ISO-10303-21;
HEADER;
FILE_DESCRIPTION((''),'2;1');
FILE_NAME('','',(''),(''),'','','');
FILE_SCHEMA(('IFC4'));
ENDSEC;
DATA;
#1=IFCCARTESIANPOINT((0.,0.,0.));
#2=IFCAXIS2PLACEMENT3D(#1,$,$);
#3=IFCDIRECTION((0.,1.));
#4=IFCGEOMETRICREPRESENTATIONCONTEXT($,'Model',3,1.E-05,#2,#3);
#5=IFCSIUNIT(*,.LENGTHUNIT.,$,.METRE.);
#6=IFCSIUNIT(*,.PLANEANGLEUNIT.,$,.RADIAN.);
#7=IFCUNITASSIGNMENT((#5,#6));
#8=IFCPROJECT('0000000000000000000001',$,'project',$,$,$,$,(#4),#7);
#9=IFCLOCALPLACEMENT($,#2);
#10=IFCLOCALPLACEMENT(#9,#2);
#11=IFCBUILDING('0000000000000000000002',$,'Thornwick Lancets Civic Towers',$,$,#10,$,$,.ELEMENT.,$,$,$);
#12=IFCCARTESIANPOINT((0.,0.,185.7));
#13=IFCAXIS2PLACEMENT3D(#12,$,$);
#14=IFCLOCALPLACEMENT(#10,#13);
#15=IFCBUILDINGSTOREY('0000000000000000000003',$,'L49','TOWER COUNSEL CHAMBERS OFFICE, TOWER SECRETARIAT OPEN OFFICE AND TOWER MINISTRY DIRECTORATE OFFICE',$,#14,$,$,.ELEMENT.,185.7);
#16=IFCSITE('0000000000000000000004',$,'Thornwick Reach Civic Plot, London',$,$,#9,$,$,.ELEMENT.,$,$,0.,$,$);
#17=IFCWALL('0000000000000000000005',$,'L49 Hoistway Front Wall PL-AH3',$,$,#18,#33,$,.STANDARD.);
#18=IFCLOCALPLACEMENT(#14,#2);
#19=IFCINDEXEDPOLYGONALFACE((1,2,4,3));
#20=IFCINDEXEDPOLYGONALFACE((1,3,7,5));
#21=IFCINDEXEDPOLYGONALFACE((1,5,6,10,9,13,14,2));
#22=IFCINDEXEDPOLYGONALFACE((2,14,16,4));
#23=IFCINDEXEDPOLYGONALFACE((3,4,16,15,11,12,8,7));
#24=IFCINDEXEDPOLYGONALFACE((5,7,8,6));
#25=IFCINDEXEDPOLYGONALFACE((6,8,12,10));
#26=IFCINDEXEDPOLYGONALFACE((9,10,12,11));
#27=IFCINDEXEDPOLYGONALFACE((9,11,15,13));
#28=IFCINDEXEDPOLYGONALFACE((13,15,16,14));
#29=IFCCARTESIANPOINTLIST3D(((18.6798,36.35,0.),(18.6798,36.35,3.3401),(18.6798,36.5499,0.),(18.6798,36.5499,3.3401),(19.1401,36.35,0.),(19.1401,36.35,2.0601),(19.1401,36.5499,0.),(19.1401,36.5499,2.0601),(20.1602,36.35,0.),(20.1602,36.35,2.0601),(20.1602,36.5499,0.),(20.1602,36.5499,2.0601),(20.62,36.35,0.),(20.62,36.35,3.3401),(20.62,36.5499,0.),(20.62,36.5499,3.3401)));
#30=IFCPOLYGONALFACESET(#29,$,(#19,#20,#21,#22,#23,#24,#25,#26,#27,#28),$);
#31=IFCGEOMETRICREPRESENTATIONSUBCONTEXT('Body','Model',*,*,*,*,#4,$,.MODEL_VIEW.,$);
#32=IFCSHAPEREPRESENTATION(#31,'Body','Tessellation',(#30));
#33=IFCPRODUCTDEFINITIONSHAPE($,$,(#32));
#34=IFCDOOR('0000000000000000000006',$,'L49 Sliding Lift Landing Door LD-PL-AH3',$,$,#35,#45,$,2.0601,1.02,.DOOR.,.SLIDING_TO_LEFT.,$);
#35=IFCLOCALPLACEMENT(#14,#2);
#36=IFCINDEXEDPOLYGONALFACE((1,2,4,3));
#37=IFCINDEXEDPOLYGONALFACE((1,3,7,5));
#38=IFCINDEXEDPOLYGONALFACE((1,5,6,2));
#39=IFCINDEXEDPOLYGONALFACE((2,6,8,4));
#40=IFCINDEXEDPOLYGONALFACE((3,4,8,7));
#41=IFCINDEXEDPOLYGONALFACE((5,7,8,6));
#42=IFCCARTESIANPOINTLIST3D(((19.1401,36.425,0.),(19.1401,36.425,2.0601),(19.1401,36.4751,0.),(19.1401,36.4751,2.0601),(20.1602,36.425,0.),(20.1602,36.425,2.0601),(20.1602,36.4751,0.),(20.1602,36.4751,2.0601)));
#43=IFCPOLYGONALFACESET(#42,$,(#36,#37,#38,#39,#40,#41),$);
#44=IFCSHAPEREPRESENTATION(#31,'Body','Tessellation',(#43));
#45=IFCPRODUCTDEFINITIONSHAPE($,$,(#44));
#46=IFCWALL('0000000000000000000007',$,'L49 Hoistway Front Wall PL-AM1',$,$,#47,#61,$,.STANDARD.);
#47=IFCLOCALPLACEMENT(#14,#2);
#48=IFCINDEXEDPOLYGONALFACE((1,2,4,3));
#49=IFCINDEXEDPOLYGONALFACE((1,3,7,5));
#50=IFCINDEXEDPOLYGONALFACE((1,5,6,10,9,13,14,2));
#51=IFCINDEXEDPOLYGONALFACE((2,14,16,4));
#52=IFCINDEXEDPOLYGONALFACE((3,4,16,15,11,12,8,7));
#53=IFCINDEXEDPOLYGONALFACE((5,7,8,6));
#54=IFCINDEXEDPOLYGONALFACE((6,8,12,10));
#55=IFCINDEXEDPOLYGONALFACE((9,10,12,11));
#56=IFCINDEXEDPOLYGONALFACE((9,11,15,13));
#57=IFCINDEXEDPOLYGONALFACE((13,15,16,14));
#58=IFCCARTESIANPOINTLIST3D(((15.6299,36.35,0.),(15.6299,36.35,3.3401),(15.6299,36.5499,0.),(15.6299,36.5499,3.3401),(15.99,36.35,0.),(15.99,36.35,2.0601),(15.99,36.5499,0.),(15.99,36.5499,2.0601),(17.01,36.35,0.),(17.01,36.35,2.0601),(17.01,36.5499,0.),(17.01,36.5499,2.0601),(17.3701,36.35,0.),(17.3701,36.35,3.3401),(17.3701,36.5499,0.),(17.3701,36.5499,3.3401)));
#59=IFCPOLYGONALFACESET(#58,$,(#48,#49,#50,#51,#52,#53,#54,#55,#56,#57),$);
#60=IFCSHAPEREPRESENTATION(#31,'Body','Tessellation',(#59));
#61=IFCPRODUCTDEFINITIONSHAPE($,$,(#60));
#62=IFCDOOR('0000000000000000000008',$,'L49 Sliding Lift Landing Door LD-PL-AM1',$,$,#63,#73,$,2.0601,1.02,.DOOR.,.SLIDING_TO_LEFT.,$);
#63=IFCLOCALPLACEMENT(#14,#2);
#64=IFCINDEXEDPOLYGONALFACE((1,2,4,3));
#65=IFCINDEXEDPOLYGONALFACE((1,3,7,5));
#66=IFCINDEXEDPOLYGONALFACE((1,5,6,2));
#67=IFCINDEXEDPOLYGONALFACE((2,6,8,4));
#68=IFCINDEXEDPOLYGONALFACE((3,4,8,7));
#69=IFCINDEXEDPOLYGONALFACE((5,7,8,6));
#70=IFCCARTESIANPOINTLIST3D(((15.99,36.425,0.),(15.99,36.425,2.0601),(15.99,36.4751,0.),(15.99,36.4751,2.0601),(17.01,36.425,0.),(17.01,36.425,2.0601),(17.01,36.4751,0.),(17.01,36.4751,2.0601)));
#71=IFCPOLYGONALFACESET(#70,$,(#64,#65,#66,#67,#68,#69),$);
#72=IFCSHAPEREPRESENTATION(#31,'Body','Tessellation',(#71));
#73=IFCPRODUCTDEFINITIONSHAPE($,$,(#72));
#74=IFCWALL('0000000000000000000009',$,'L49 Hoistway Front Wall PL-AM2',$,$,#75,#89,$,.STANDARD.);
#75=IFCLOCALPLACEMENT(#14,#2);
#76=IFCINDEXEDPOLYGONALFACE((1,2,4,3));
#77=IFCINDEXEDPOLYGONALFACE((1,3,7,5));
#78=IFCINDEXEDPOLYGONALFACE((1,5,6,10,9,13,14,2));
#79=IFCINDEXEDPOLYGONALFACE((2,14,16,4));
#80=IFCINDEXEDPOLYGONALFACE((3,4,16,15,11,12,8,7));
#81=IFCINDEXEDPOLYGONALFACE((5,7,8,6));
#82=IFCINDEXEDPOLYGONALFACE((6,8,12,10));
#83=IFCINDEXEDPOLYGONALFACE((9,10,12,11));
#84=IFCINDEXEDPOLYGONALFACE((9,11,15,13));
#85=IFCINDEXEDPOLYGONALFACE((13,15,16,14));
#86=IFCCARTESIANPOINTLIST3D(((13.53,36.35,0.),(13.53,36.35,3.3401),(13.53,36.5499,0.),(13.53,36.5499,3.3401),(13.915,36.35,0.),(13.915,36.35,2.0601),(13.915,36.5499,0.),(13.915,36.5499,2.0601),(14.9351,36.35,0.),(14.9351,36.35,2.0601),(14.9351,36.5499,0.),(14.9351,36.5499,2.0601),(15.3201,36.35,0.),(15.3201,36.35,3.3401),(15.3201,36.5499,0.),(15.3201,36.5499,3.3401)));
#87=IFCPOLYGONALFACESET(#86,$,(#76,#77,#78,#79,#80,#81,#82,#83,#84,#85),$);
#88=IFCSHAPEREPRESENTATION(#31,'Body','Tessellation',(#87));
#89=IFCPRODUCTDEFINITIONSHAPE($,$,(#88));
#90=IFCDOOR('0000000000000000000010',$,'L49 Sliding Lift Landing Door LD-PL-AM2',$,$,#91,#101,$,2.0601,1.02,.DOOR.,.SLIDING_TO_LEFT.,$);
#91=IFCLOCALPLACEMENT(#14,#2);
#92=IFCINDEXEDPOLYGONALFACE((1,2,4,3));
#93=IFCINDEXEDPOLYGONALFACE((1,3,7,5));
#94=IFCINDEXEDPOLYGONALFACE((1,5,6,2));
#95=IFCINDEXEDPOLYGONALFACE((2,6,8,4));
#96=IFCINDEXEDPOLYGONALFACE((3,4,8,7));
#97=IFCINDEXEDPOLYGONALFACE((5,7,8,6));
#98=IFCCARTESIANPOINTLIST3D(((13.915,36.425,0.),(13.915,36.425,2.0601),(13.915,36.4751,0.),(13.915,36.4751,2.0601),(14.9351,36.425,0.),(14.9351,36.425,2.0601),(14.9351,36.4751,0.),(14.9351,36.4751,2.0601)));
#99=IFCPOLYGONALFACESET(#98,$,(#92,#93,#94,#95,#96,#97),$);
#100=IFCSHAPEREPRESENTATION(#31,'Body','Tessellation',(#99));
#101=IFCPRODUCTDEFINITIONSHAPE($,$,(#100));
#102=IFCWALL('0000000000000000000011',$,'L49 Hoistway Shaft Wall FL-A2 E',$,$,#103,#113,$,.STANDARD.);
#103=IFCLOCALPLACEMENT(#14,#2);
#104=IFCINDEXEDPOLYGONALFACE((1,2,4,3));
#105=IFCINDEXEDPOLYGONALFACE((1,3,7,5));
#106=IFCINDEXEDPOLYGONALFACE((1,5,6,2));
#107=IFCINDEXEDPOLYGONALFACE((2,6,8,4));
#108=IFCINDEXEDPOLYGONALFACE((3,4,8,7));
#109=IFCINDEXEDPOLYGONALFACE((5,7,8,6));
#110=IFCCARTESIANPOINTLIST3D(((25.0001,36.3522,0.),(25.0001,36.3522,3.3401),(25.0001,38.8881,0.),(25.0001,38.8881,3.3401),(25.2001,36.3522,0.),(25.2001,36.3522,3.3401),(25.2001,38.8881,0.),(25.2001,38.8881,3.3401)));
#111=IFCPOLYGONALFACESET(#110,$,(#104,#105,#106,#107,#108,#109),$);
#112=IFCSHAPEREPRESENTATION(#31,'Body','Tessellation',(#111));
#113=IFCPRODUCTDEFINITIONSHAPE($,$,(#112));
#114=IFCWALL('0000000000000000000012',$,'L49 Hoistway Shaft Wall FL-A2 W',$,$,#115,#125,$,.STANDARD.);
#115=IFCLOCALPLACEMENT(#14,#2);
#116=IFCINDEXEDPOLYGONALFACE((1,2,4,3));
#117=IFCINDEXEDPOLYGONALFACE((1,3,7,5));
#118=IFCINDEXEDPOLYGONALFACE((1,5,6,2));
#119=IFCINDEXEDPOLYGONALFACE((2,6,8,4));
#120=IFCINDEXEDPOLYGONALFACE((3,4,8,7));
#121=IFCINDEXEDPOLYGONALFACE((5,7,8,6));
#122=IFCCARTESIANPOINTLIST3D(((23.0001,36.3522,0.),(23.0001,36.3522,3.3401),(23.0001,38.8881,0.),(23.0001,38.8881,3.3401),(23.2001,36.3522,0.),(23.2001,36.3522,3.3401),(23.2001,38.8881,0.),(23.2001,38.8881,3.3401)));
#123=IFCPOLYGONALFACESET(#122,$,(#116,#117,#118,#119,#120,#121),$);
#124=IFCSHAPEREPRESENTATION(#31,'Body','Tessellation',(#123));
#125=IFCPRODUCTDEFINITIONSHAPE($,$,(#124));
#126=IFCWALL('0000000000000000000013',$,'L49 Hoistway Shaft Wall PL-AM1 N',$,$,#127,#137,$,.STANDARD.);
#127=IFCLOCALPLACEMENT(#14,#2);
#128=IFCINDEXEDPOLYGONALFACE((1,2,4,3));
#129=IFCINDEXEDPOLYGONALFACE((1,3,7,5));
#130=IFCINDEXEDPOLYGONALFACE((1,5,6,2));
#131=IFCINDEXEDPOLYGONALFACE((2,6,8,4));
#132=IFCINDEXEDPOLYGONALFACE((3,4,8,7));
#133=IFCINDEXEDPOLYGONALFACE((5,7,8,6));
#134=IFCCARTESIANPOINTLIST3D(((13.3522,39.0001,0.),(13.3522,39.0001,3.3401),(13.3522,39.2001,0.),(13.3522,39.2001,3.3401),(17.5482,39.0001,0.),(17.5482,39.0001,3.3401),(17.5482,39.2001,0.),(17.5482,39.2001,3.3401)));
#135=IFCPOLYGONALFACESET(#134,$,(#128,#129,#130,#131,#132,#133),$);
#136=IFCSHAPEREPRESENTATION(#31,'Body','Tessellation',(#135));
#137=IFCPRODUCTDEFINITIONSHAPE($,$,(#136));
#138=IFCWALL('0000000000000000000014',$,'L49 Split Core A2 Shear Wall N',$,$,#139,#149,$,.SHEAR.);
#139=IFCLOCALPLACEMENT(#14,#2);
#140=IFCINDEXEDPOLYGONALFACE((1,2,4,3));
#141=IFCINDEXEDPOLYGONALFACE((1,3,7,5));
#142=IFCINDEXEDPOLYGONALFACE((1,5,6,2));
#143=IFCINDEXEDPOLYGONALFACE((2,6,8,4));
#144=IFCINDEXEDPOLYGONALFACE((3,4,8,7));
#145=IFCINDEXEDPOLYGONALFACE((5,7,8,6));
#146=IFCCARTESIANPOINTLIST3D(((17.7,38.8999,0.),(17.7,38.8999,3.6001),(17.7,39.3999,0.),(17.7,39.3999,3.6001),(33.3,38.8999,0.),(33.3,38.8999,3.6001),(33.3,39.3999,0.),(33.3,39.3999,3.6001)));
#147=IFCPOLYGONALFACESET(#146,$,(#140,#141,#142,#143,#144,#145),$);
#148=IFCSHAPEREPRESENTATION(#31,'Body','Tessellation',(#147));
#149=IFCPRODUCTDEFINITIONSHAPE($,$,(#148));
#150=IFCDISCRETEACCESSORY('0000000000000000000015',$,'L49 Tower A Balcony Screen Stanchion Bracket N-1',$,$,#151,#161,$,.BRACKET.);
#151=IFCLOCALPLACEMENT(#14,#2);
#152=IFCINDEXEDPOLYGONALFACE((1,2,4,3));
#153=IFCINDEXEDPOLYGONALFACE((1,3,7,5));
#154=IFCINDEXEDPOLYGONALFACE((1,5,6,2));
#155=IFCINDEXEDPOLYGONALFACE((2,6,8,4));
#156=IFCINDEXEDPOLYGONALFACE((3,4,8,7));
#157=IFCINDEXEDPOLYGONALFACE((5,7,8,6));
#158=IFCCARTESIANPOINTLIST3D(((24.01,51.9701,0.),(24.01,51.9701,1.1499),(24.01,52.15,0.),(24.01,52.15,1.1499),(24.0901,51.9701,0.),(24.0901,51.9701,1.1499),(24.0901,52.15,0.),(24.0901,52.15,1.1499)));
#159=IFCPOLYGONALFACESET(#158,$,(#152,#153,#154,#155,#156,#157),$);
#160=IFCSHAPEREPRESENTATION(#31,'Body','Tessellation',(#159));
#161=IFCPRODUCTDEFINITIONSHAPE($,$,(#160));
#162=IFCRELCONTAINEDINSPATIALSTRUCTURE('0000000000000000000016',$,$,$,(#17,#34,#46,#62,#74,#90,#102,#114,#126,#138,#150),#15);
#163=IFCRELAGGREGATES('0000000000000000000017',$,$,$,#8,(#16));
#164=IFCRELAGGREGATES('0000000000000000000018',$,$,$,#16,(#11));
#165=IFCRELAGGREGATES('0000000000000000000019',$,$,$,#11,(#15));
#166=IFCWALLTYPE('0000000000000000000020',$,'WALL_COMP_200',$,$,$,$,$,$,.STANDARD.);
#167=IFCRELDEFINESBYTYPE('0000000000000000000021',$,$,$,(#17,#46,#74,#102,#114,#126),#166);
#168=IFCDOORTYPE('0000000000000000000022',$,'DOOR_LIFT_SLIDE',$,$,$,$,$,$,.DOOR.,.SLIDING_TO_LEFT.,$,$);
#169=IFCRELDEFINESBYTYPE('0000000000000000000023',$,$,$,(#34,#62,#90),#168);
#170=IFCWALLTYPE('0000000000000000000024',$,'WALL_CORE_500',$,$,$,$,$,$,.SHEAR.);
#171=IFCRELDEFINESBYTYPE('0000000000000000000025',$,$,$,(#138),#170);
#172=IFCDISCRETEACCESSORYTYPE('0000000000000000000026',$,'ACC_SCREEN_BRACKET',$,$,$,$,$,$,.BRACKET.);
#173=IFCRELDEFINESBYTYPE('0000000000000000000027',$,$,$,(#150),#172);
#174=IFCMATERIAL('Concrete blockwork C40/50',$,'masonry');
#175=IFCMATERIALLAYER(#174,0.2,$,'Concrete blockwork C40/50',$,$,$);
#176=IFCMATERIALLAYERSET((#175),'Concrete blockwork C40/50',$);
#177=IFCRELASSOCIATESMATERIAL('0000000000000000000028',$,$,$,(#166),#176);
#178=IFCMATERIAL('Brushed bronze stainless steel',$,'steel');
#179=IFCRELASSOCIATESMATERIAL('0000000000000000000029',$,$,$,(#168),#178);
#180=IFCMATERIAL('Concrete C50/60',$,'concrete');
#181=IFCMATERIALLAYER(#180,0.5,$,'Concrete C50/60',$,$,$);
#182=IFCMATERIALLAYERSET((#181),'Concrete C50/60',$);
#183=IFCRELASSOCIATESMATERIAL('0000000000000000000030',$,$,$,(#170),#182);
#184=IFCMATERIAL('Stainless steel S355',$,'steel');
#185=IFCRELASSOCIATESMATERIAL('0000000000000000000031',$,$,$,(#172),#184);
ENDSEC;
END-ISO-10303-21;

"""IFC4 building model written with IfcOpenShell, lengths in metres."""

from ifc_helpers import new_model, si_unit, direction, frame, frame_2d, origin, origin_2d, place, context, subcontext, project, spatial, rectangle, extrude, material, layer, layer_set, type_object, element, fill, save


model = new_model("IFC4")

# Units and contexts
model_context = context("Model", 3, precision=1e-05, world=origin(), true_north=direction((0.0, 1.0)))
body_context = subcontext(model_context, "Body", "Model", "MODEL_VIEW")
ifc_project = project(units=[si_unit("LENGTHUNIT", "METRE"), si_unit("PLANEANGLEUNIT", "RADIAN")], contexts=[model_context])

# Site, building, storey
site_placement = place(None, origin())
site = spatial("IfcSite", under=ifc_project, at=site_placement, Name="Thornwick Reach Civic Plot, London", CompositionType="ELEMENT", RefElevation=0.0)
building_placement = place(site_placement, origin())
building = spatial("IfcBuilding", under=site, at=building_placement, Name="Thornwick Lancets Civic Towers", CompositionType="ELEMENT")
storey_placement = place(building_placement, frame((0.0, 0.0, 185.7)))
storey = spatial("IfcBuildingStorey", under=building, at=storey_placement, Name="L49", Description="TOWER COUNSEL CHAMBERS OFFICE, TOWER SECRETARIAT OPEN OFFICE AND TOWER MINISTRY DIRECTORATE OFFICE", CompositionType="ELEMENT", Elevation=185.7)

# Shared definitions
ifc_material_1 = material(Name="Concrete C50/60", Category="concrete")

# Walls, openings, doors
ifc_material_2 = material(Name="Concrete blockwork C40/50", Category="masonry")
ifc_layer_1 = layer(ifc_material_2, 0.2, Name="Concrete blockwork C40/50")
ifc_layer_set_1 = layer_set([ifc_layer_1], Name="Concrete blockwork C40/50")
wall_type_1 = type_object("IfcWallType", Name="WALL_COMP_200", PredefinedType="STANDARD", material=ifc_layer_set_1)
ifc_material_3 = material(Name="Brushed bronze stainless steel", Category="steel")
door_type = type_object("IfcDoorType", Name="DOOR_LIFT_SLIDE", OperationType="SLIDING_TO_LEFT", PredefinedType="DOOR", material=ifc_material_3)
wall_1_placement = place(storey_placement, frame((20.6201, 36.45, 0.0), z_axis=(0.0, 0.0, 1.0), x_axis=(-1.0, 0.0, 0.0)))
wall_1 = element("IfcWall", 1, at=wall_1_placement, inside=storey, type_object=wall_type_1, Name="L49 Hoistway Front Wall PL-AH3", PredefinedType="STANDARD", context=body_context, shape_type="SweptSolid", body=[
    extrude(rectangle(XDim=1.9402, YDim=0.2, at=frame_2d((0.9702, 0.0))), origin(), (0.0, 0.0, 1.0), 3.3401),
])
opening_1_placement = place(wall_1_placement, frame((0.46, 0.0, 0.0)))
opening_1 = element("IfcOpeningElement", 2, at=opening_1_placement, cuts=wall_1, PredefinedType="OPENING", context=body_context, shape_type="SweptSolid", body=[
    extrude(rectangle(XDim=1.02, YDim=2.0601, at=frame_2d((0.51, 1.03))), frame((0.0, 0.1099, 0.0), z_axis=(0.0, -1.0, 0.0), x_axis=(1.0, 0.0, 0.0)), (0.0, 0.0, 1.0), 0.22),
])
door_1_placement = place(opening_1_placement, origin())
door_1 = element("IfcDoor", 3, at=door_1_placement, inside=storey, type_object=door_type, Name="L49 Sliding Lift Landing Door LD-PL-AH3", OperationType="SLIDING_TO_LEFT", OverallHeight=2.0601, OverallWidth=1.02, PredefinedType="DOOR", context=body_context, shape_type="SweptSolid", body=[
    extrude(rectangle(XDim=1.02, YDim=2.0601, at=frame_2d((0.51, 1.03))), frame((0.0, 0.0249, 0.0), z_axis=(0.0, -1.0, 0.0), x_axis=(1.0, 0.0, 0.0)), (0.0, 0.0, 1.0), 0.05),
])
fill(opening_1, door_1)
wall_2_placement = place(storey_placement, frame((17.3701, 36.45, 0.0), z_axis=(0.0, 0.0, 1.0), x_axis=(-1.0, 0.0, 0.0)))
wall_2 = element("IfcWall", 4, at=wall_2_placement, inside=storey, type_object=wall_type_1, Name="L49 Hoistway Front Wall PL-AM1", PredefinedType="STANDARD", context=body_context, shape_type="SweptSolid", body=[
    extrude(rectangle(XDim=1.7402, YDim=0.2, at=frame_2d((0.8701, 0.0))), origin(), (0.0, 0.0, 1.0), 3.3401),
])
opening_2_placement = place(wall_2_placement, frame((0.3601, 0.0, 0.0)))
opening_2 = element("IfcOpeningElement", 5, at=opening_2_placement, cuts=wall_2, PredefinedType="OPENING", context=body_context, shape_type="SweptSolid", body=[
    extrude(rectangle(XDim=1.02, YDim=2.0601, at=frame_2d((0.51, 1.03))), frame((0.0, 0.1099, 0.0), z_axis=(0.0, -1.0, 0.0), x_axis=(1.0, 0.0, 0.0)), (0.0, 0.0, 1.0), 0.22),
])
door_2_placement = place(opening_2_placement, origin())
door_2 = element("IfcDoor", 6, at=door_2_placement, inside=storey, type_object=door_type, Name="L49 Sliding Lift Landing Door LD-PL-AM1", OperationType="SLIDING_TO_LEFT", OverallHeight=2.0601, OverallWidth=1.02, PredefinedType="DOOR", context=body_context, shape_type="SweptSolid", body=[
    extrude(rectangle(XDim=1.02, YDim=2.0601, at=frame_2d((0.51, 1.03))), frame((0.0, 0.0249, 0.0), z_axis=(0.0, -1.0, 0.0), x_axis=(1.0, 0.0, 0.0)), (0.0, 0.0, 1.0), 0.05),
])
fill(opening_2, door_2)
wall_3_placement = place(storey_placement, frame((15.3201, 36.45, 0.0), z_axis=(0.0, 0.0, 1.0), x_axis=(-1.0, 0.0, 0.0)))
wall_3 = element("IfcWall", 7, at=wall_3_placement, inside=storey, type_object=wall_type_1, Name="L49 Hoistway Front Wall PL-AM2", PredefinedType="STANDARD", context=body_context, shape_type="SweptSolid", body=[
    extrude(rectangle(XDim=1.79, YDim=0.2, at=frame_2d((0.895, 0.0))), origin(), (0.0, 0.0, 1.0), 3.3401),
])
opening_3_placement = place(wall_3_placement, frame((0.385, 0.0, 0.0)))
opening_3 = element("IfcOpeningElement", 8, at=opening_3_placement, cuts=wall_3, PredefinedType="OPENING", context=body_context, shape_type="SweptSolid", body=[
    extrude(rectangle(XDim=1.02, YDim=2.0601, at=frame_2d((0.51, 1.03))), frame((0.0, 0.1099, 0.0), z_axis=(0.0, -1.0, 0.0), x_axis=(1.0, 0.0, 0.0)), (0.0, 0.0, 1.0), 0.22),
])
door_3_placement = place(opening_3_placement, origin())
door_3 = element("IfcDoor", 9, at=door_3_placement, inside=storey, type_object=door_type, Name="L49 Sliding Lift Landing Door LD-PL-AM2", OperationType="SLIDING_TO_LEFT", OverallHeight=2.0601, OverallWidth=1.02, PredefinedType="DOOR", context=body_context, shape_type="SweptSolid", body=[
    extrude(rectangle(XDim=1.02, YDim=2.0601, at=frame_2d((0.51, 1.03))), frame((0.0, 0.0249, 0.0), z_axis=(0.0, -1.0, 0.0), x_axis=(1.0, 0.0, 0.0)), (0.0, 0.0, 1.0), 0.05),
])
fill(opening_3, door_3)

# Walls
for number, where, z_axis, x_axis, name in (
    (10, (25.1001, 36.3521, 0.0), (0.0, 0.0, 1.0), (0.0, 1.0, 0.0), "L49 Hoistway Shaft Wall FL-A2 E"),
    (11, (23.1001, 36.3521, 0.0), (0.0, 0.0, 1.0), (0.0, 1.0, 0.0), "L49 Hoistway Shaft Wall FL-A2 W"),
):
    element("IfcWall", number, at=place(storey_placement, frame(where, z_axis=z_axis, x_axis=x_axis)), inside=storey, type_object=wall_type_1, Name=name, PredefinedType="STANDARD", context=body_context, shape_type="SweptSolid", body=[
        extrude(rectangle(XDim=2.5359, YDim=0.2, at=frame_2d((1.2681, 0.0))), origin(), (0.0, 0.0, 1.0), 3.3401),
    ])
wall_4_placement = place(storey_placement, frame((13.3521, 39.1001, 0.0), z_axis=(0.0, 0.0, 1.0), x_axis=(1.0, 0.0, 0.0)))
element("IfcWall", 12, at=wall_4_placement, inside=storey, type_object=wall_type_1, Name="L49 Hoistway Shaft Wall PL-AM1 N", PredefinedType="STANDARD", context=body_context, shape_type="SweptSolid", body=[
    extrude(rectangle(XDim=4.196, YDim=0.2, at=frame_2d((2.0981, 0.0))), origin(), (0.0, 0.0, 1.0), 3.3401),
])
ifc_layer_2 = layer(ifc_material_1, 0.5, Name="Concrete C50/60")
ifc_layer_set_2 = layer_set([ifc_layer_2], Name="Concrete C50/60")
wall_type_2 = type_object("IfcWallType", Name="WALL_CORE_500", PredefinedType="SHEAR", material=ifc_layer_set_2)
wall_5_placement = place(storey_placement, frame((17.7, 39.1499, 0.0), z_axis=(0.0, 0.0, 1.0), x_axis=(1.0, 0.0, 0.0)))
element("IfcWall", 13, at=wall_5_placement, inside=storey, type_object=wall_type_2, Name="L49 Split Core A2 Shear Wall N", PredefinedType="SHEAR", context=body_context, shape_type="SweptSolid", body=[
    extrude(rectangle(XDim=15.6001, YDim=0.5, at=frame_2d((7.8, 0.0))), origin(), (0.0, 0.0, 1.0), 3.6001),
])

# Discrete accessory
ifc_material_4 = material(Name="Stainless steel S355", Category="steel")
discrete_accessory_type = type_object("IfcDiscreteAccessoryType", Name="ACC_SCREEN_BRACKET", PredefinedType="BRACKET", material=ifc_material_4)
discrete_accessory_placement = place(storey_placement, frame((24.05, 52.0601, 0.0), z_axis=(0.0, 0.0, 1.0), x_axis=(1.0, 0.0, 0.0)))
element("IfcDiscreteAccessory", 14, at=discrete_accessory_placement, inside=storey, type_object=discrete_accessory_type, Name="L49 Tower A Balcony Screen Stanchion Bracket N-1", PredefinedType="BRACKET", context=body_context, shape_type="SweptSolid", body=[
    extrude(rectangle(XDim=0.0801, YDim=0.1799, at=origin_2d()), origin(), (0.0, 0.0, 1.0), 1.1499),
])

save(model, "model.ifc")
